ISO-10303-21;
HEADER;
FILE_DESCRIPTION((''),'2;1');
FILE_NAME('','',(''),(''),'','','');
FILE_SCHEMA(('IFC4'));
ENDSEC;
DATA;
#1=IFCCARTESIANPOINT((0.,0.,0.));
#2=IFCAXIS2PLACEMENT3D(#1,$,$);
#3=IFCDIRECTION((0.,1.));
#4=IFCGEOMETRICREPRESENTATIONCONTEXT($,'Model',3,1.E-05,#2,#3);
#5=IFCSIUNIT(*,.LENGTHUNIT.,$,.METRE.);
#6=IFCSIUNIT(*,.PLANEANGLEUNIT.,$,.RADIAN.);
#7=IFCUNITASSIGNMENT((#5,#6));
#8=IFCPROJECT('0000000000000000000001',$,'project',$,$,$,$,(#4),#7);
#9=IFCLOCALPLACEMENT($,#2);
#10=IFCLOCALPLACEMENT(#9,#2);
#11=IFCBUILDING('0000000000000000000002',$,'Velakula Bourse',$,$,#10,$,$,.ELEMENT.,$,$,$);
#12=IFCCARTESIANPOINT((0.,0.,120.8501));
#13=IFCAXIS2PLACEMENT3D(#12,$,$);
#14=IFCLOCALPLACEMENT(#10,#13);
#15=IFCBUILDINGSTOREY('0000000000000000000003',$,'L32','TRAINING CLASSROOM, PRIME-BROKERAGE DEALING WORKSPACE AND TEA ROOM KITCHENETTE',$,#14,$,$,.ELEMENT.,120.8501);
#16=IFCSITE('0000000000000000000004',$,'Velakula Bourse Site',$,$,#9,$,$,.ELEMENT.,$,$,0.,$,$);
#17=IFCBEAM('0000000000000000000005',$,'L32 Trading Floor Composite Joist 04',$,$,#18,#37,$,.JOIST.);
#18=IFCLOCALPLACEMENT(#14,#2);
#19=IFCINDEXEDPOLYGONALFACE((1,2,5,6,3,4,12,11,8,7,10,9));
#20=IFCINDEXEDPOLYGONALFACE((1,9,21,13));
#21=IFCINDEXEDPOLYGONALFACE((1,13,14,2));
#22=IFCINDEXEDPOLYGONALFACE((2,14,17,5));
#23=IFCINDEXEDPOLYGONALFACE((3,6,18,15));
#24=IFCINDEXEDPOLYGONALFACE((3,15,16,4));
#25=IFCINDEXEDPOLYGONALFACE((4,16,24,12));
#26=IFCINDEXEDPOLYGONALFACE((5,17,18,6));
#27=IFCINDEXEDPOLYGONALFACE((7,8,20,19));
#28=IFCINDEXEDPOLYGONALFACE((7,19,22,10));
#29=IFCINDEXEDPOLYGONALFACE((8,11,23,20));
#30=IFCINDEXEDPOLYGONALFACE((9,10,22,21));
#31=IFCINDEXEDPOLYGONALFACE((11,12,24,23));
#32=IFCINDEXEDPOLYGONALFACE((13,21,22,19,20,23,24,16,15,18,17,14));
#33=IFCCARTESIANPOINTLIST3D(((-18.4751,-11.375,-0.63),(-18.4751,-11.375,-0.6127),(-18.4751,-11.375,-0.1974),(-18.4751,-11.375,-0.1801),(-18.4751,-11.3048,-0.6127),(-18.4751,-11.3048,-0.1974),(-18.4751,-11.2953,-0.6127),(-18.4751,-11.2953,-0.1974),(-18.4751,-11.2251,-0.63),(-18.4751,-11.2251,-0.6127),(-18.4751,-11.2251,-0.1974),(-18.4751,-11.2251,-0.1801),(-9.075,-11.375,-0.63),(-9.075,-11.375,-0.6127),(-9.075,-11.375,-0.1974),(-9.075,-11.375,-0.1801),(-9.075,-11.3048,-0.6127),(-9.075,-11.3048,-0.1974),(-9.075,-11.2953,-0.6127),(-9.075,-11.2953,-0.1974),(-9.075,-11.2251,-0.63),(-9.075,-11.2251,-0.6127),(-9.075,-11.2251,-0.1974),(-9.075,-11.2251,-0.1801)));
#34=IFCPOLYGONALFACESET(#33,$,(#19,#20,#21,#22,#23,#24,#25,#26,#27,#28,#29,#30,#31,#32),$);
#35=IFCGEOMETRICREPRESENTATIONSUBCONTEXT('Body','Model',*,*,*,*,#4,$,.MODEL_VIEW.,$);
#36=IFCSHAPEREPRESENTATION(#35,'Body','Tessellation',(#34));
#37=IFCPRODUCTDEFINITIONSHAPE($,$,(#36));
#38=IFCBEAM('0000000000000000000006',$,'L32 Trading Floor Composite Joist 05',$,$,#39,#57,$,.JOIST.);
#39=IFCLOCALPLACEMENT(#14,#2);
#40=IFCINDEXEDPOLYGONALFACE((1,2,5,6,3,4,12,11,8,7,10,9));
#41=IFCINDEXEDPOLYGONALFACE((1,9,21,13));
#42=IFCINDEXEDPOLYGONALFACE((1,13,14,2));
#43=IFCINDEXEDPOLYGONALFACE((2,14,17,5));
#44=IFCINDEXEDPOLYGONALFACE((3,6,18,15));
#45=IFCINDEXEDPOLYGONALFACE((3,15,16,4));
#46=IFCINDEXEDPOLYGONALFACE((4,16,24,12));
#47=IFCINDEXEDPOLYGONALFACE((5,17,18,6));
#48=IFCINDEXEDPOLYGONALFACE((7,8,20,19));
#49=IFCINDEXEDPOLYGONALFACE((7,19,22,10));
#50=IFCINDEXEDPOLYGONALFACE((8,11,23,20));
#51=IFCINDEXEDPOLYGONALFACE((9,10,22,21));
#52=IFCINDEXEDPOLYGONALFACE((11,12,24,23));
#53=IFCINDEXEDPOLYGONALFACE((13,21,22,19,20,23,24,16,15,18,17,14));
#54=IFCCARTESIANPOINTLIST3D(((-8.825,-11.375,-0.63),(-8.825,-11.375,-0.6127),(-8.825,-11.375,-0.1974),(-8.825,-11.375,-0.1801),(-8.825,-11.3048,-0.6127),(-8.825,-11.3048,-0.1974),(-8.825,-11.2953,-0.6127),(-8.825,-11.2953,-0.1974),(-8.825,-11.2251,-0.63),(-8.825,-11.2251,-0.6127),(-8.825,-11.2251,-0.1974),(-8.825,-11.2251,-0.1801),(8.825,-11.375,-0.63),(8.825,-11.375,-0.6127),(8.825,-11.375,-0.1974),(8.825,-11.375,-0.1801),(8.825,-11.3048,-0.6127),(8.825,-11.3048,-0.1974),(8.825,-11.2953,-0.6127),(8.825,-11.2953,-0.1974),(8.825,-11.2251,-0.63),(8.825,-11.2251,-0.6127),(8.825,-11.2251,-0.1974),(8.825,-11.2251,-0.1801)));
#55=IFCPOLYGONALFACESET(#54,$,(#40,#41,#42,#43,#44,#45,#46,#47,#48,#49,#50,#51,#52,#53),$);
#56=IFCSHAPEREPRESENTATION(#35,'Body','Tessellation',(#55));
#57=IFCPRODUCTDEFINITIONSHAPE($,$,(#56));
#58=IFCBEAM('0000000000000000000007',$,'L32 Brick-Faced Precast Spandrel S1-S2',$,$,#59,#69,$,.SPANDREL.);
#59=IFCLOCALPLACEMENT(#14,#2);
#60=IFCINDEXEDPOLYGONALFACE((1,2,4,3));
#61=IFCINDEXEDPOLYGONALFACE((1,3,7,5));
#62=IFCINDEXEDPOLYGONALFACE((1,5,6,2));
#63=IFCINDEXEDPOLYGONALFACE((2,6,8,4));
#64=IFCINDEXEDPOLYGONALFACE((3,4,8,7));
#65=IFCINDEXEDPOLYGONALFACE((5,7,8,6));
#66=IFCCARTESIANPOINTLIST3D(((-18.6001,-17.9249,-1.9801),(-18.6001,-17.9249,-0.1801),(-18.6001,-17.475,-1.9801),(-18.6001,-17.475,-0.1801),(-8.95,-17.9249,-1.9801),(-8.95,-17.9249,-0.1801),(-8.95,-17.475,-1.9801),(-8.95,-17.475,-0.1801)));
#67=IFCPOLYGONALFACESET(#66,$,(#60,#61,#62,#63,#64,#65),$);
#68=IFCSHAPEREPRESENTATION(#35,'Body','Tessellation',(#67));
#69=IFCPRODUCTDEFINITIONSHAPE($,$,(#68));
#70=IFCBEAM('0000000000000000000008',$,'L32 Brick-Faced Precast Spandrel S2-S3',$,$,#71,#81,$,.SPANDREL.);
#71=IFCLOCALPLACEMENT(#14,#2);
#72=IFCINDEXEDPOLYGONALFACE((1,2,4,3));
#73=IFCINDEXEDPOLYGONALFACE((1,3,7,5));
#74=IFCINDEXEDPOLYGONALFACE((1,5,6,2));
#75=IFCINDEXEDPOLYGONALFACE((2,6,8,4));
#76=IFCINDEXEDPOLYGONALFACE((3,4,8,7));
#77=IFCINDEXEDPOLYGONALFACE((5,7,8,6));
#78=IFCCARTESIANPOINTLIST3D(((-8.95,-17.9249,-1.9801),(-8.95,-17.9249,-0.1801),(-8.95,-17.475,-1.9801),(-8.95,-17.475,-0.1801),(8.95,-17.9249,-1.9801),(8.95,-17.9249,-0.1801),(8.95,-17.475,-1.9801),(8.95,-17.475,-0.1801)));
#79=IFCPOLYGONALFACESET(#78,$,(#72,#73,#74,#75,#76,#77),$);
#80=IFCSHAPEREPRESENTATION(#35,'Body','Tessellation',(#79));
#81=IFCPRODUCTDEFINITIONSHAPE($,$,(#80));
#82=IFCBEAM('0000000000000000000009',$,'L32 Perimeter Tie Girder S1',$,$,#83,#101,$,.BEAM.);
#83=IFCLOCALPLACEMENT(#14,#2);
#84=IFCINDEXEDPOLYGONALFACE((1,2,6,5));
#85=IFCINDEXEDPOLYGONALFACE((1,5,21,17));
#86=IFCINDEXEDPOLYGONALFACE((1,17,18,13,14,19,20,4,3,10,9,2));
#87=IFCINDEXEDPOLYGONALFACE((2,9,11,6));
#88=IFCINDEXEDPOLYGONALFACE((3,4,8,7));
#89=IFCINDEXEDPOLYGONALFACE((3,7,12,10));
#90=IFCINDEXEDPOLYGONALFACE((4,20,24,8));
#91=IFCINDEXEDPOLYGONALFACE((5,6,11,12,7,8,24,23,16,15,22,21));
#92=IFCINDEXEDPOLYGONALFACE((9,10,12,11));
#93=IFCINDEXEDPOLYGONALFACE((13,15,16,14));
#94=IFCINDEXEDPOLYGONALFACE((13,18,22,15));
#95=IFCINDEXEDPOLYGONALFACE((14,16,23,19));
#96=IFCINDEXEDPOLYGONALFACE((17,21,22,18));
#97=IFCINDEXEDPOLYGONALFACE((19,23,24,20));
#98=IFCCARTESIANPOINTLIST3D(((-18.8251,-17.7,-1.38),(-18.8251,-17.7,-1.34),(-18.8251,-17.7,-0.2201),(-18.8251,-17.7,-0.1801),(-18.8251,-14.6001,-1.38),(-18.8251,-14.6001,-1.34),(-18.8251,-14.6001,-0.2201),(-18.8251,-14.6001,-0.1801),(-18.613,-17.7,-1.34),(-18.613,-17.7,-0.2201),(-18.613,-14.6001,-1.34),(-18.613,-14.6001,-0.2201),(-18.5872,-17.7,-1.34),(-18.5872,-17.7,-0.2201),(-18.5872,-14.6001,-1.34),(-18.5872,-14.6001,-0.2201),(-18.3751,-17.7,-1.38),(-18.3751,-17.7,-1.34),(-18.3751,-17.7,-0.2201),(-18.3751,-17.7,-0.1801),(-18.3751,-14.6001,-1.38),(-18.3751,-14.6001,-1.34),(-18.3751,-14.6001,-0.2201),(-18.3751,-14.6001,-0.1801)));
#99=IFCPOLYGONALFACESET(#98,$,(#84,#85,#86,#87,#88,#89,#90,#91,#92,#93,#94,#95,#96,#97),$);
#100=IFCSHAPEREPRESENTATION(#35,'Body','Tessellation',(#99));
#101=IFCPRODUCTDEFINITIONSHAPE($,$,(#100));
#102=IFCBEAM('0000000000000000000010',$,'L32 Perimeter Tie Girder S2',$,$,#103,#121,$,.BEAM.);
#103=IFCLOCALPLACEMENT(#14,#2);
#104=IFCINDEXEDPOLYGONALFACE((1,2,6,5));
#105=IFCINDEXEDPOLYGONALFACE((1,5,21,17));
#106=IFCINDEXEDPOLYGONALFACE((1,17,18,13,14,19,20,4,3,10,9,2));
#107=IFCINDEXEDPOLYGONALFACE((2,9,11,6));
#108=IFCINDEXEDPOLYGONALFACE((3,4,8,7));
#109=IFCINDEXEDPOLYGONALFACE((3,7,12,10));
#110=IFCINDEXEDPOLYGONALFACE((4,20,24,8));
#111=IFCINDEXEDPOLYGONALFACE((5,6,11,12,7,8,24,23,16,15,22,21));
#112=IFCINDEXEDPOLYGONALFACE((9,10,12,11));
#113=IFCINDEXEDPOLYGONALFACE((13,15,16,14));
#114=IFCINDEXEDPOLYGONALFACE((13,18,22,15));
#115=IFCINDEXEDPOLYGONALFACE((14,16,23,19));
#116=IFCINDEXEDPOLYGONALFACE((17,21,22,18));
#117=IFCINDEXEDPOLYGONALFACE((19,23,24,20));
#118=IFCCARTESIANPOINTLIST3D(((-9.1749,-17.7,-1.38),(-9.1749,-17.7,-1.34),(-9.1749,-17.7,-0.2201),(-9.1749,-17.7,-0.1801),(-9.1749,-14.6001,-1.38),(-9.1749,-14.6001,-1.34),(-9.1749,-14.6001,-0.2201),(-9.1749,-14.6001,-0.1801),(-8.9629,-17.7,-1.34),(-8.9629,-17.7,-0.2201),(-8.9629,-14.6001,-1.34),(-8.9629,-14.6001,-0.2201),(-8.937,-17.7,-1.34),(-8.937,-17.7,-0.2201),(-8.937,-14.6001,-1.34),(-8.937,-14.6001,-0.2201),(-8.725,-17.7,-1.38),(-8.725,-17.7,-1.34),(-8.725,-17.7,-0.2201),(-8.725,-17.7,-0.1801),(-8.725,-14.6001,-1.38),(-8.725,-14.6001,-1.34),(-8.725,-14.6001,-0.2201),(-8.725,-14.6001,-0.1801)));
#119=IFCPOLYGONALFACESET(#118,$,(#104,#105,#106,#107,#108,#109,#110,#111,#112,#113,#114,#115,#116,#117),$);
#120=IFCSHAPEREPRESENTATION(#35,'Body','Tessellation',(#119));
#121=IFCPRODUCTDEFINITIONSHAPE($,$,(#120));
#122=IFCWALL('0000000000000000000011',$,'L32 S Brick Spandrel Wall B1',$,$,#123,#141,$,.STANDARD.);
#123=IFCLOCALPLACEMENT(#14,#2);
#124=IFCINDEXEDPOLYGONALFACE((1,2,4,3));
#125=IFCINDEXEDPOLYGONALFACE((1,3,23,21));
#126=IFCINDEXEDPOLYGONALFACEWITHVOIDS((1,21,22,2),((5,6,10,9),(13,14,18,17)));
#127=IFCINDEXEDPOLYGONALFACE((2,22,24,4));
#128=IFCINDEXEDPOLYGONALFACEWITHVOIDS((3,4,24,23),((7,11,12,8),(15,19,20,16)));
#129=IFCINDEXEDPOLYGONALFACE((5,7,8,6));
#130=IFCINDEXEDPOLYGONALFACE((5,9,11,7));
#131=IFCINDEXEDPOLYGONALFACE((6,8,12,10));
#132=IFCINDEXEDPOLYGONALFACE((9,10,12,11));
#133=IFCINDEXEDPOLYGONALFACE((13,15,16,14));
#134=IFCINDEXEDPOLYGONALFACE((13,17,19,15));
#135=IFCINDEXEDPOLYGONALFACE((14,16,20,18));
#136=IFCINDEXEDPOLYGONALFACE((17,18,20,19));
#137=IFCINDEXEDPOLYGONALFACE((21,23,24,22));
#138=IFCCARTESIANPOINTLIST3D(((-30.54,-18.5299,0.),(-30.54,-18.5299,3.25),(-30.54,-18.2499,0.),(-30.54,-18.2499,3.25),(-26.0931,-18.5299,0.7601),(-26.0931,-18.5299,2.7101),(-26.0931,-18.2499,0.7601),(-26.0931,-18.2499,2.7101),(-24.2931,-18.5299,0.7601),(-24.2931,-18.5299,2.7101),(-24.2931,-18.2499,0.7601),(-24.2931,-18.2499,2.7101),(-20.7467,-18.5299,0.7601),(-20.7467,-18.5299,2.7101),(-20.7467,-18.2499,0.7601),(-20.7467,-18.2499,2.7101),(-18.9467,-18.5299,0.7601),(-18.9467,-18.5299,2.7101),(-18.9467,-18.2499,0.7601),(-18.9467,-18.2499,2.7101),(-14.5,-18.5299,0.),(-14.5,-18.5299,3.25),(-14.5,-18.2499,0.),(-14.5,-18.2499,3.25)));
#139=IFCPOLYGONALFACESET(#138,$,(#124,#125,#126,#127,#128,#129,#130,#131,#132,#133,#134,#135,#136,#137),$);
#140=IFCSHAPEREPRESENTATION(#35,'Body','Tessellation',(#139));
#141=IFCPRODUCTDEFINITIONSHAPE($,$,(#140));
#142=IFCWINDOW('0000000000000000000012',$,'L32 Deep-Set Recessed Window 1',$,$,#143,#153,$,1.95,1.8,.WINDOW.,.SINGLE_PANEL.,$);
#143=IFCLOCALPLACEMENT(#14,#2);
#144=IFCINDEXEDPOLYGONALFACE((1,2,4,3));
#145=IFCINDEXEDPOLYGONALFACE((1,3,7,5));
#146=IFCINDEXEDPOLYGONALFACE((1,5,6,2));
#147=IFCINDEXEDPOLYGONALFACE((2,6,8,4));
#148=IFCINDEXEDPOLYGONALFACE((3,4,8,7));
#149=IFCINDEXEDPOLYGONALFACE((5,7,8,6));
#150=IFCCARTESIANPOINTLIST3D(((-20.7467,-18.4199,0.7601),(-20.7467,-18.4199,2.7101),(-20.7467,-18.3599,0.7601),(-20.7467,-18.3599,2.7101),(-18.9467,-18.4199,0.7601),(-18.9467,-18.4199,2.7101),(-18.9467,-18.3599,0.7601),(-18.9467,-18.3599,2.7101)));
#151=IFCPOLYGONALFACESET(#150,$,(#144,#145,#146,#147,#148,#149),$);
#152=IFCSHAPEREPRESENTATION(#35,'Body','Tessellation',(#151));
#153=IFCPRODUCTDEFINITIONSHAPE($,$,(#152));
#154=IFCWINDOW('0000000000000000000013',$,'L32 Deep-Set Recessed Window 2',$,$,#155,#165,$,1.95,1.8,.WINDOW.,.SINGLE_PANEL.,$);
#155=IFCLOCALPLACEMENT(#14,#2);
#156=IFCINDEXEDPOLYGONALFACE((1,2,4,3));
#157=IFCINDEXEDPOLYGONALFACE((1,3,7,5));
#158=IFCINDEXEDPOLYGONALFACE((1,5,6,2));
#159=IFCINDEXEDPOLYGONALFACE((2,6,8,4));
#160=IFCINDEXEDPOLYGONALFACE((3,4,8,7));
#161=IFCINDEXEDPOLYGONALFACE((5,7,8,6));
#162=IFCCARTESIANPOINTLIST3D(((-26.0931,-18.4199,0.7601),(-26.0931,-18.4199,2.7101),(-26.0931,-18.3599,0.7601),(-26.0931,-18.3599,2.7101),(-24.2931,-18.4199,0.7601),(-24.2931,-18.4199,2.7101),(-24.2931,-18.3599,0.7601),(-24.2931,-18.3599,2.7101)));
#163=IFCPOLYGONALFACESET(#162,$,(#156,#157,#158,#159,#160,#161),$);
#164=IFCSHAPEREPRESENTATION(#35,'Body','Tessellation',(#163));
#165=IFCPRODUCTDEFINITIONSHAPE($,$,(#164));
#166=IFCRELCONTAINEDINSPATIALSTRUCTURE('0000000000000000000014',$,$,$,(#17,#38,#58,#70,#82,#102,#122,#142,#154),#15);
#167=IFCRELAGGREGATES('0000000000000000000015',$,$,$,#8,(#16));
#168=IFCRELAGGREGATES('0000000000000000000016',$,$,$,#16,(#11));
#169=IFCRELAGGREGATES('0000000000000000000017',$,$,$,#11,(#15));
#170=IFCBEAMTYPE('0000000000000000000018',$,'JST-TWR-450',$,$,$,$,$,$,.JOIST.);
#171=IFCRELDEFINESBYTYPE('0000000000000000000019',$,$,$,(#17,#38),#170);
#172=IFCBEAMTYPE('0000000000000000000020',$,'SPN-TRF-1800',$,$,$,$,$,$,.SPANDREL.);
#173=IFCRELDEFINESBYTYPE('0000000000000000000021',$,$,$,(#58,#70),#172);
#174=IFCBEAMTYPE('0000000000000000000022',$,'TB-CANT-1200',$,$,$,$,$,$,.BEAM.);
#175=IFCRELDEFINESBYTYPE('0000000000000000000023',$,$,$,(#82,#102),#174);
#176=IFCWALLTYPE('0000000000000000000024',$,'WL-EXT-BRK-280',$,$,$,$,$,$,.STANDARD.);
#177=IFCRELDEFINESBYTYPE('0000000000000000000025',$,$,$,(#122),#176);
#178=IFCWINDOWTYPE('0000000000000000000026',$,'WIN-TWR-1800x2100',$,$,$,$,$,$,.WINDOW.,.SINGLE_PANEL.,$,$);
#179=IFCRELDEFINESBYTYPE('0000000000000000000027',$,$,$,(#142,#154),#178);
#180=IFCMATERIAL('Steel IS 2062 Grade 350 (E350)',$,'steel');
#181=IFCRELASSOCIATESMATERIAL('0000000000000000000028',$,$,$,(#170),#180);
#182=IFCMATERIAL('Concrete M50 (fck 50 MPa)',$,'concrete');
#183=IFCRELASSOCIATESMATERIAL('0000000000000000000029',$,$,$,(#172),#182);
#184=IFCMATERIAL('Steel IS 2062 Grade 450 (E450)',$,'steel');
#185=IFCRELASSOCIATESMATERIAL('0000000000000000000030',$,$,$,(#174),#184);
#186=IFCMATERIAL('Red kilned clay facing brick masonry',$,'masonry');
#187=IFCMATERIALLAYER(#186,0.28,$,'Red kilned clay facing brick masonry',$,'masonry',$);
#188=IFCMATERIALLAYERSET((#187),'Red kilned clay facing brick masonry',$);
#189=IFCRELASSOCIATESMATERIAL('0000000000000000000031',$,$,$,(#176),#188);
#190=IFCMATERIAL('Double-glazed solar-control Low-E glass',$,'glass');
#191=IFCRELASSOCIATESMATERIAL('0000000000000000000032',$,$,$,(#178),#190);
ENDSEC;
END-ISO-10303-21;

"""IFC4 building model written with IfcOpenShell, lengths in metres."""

from ifc_helpers import new_model, si_unit, direction, frame, frame_2d, origin, origin_2d, place, context, subcontext, project, spatial, rectangle, i_section, extrude, material, layer, layer_set, material_profile, profile_set, type_object, element, fill, save


model = new_model("IFC4")

# Units and contexts
model_context = context("Model", 3, precision=1e-05, world=origin(), true_north=direction((0.0, 1.0)))
body_context = subcontext(model_context, "Body", "Model", "MODEL_VIEW")
ifc_project = project(units=[si_unit("LENGTHUNIT", "METRE"), si_unit("PLANEANGLEUNIT", "RADIAN")], contexts=[model_context])

# Site, building, storey
site_placement = place(None, origin())
site = spatial("IfcSite", under=ifc_project, at=site_placement, Name="Velakula Bourse Site", CompositionType="ELEMENT", RefElevation=0.0)
building_placement = place(site_placement, origin())
building = spatial("IfcBuilding", under=site, at=building_placement, Name="Velakula Bourse", CompositionType="ELEMENT")
storey_placement = place(building_placement, frame((0.0, 0.0, 120.8501)))
storey = spatial("IfcBuildingStorey", under=building, at=storey_placement, Name="L32", Description="TRAINING CLASSROOM, PRIME-BROKERAGE DEALING WORKSPACE AND TEA ROOM KITCHENETTE", CompositionType="ELEMENT", Elevation=120.8501)

# Shared definitions
ifc_material_1 = material(Name="Steel IS 2062 Grade 350 (E350)", Category="steel")

# Beams
ifc_material_profile_1 = material_profile(ifc_material_1, i_section(OverallWidth=0.1499, OverallDepth=0.45, WebThickness=0.0095, FlangeThickness=0.0173, at=origin_2d()), Name="Steel IS 2062 Grade 350 (E350)")
ifc_profile_set_1 = profile_set([ifc_material_profile_1], Name="Steel IS 2062 Grade 350 (E350)")
beam_type_1 = type_object("IfcBeamType", Name="JST-TWR-450", PredefinedType="JOIST", material=ifc_profile_set_1)
beam_1_placement = place(storey_placement, frame((-18.4751, -11.3, -0.405), z_axis=(1.0, 0.0, 0.0), x_axis=(0.0, 1.0, 0.0)))
element("IfcBeam", 1, at=beam_1_placement, inside=storey, type_object=beam_type_1, Name="L32 Trading Floor Composite Joist 04", PredefinedType="JOIST", context=body_context, shape_type="SweptSolid", body=[
    extrude(i_section(OverallWidth=0.1499, OverallDepth=0.45, WebThickness=0.0095, FlangeThickness=0.0173, at=origin_2d()), origin(), (0.0, 0.0, 1.0), 9.4001),
])
beam_2_placement = place(storey_placement, frame((-8.825, -11.3, -0.405), z_axis=(1.0, 0.0, 0.0), x_axis=(0.0, 1.0, 0.0)))
element("IfcBeam", 2, at=beam_2_placement, inside=storey, type_object=beam_type_1, Name="L32 Trading Floor Composite Joist 05", PredefinedType="JOIST", context=body_context, shape_type="SweptSolid", body=[
    extrude(i_section(OverallWidth=0.1499, OverallDepth=0.45, WebThickness=0.0095, FlangeThickness=0.0173, at=origin_2d()), origin(), (0.0, 0.0, 1.0), 17.6499),
])
ifc_material_2 = material(Name="Concrete M50 (fck 50 MPa)", Category="concrete")
ifc_material_profile_2 = material_profile(ifc_material_2, rectangle(XDim=0.45, YDim=1.8, at=origin_2d()), Name="Concrete M50 (fck 50 MPa)")
ifc_profile_set_2 = profile_set([ifc_material_profile_2], Name="Concrete M50 (fck 50 MPa)")
beam_type_2 = type_object("IfcBeamType", Name="SPN-TRF-1800", PredefinedType="SPANDREL", material=ifc_profile_set_2)
beam_3_placement = place(storey_placement, frame((-18.6001, -17.7, -1.0801), z_axis=(1.0, 0.0, 0.0), x_axis=(0.0, 1.0, 0.0)))
element("IfcBeam", 3, at=beam_3_placement, inside=storey, type_object=beam_type_2, Name="L32 Brick-Faced Precast Spandrel S1-S2", PredefinedType="SPANDREL", context=body_context, shape_type="SweptSolid", body=[
    extrude(rectangle(XDim=0.45, YDim=1.8, at=origin_2d()), origin(), (0.0, 0.0, 1.0), 9.6501),
])
beam_4_placement = place(storey_placement, frame((-8.95, -17.7, -1.0801), z_axis=(1.0, 0.0, 0.0), x_axis=(0.0, 1.0, 0.0)))
element("IfcBeam", 4, at=beam_4_placement, inside=storey, type_object=beam_type_2, Name="L32 Brick-Faced Precast Spandrel S2-S3", PredefinedType="SPANDREL", context=body_context, shape_type="SweptSolid", body=[
    extrude(rectangle(XDim=0.45, YDim=1.8, at=origin_2d()), origin(), (0.0, 0.0, 1.0), 17.8999),
])
ifc_material_3 = material(Name="Steel IS 2062 Grade 450 (E450)", Category="steel")
ifc_material_profile_3 = material_profile(ifc_material_3, i_section(OverallWidth=0.45, OverallDepth=1.2, WebThickness=0.0259, FlangeThickness=0.04, at=origin_2d()), Name="Steel IS 2062 Grade 450 (E450)")
ifc_profile_set_3 = profile_set([ifc_material_profile_3], Name="Steel IS 2062 Grade 450 (E450)")
beam_type_3 = type_object("IfcBeamType", Name="TB-CANT-1200", PredefinedType="BEAM", material=ifc_profile_set_3)
for number, where, z_axis, x_axis, name in (
    (5, (-18.6001, -14.6001, -0.78), (0.0, -1.0, 0.0), (1.0, 0.0, 0.0), "L32 Perimeter Tie Girder S1"),
    (6, (-8.95, -14.6001, -0.78), (0.0, -1.0, 0.0), (1.0, 0.0, 0.0), "L32 Perimeter Tie Girder S2"),
):
    element("IfcBeam", number, at=place(storey_placement, frame(where, z_axis=z_axis, x_axis=x_axis)), inside=storey, type_object=beam_type_3, Name=name, PredefinedType="BEAM", context=body_context, shape_type="SweptSolid", body=[
        extrude(i_section(OverallWidth=0.45, OverallDepth=1.2, WebThickness=0.0259, FlangeThickness=0.04, at=origin_2d()), origin(), (0.0, 0.0, 1.0), 3.0999),
    ])

# Wall, openings, windows
ifc_material_4 = material(Name="Red kilned clay facing brick masonry", Category="masonry")
ifc_layer_1 = layer(ifc_material_4, 0.28, Name="Red kilned clay facing brick masonry", Category="masonry")
ifc_layer_set_1 = layer_set([ifc_layer_1], Name="Red kilned clay facing brick masonry")
wall_type_1 = type_object("IfcWallType", Name="WL-EXT-BRK-280", PredefinedType="STANDARD", material=ifc_layer_set_1)
wall_1_placement = place(storey_placement, frame((-14.5, -18.3899, 0.0), z_axis=(0.0, 0.0, 1.0), x_axis=(-1.0, 0.0, 0.0)))
wall_1 = element("IfcWall", 7, at=wall_1_placement, inside=storey, type_object=wall_type_1, Name="L32 S Brick Spandrel Wall B1", PredefinedType="STANDARD", context=body_context, shape_type="SweptSolid", body=[
    extrude(rectangle(XDim=16.04, YDim=0.28, at=frame_2d((8.02, 0.0))), origin(), (0.0, 0.0, 1.0), 3.25),
])
opening_1_placement = place(wall_1_placement, frame((4.4468, 0.0, 0.76)))
opening_1 = element("IfcOpeningElement", 8, at=opening_1_placement, cuts=wall_1, PredefinedType="OPENING", context=body_context, shape_type="SweptSolid", body=[
    extrude(rectangle(XDim=1.8, YDim=1.95, at=frame_2d((0.8999, 0.9751))), frame((0.0, 0.1499, 0.0), z_axis=(0.0, -1.0, 0.0), x_axis=(1.0, 0.0, 0.0)), (0.0, 0.0, 1.0), 0.3),
])
opening_2_placement = place(wall_1_placement, frame((9.7932, 0.0, 0.76)))
opening_2 = element("IfcOpeningElement", 9, at=opening_2_placement, cuts=wall_1, PredefinedType="OPENING", context=body_context, shape_type="SweptSolid", body=[
    extrude(rectangle(XDim=1.8, YDim=1.95, at=frame_2d((0.8999, 0.9751))), frame((0.0, 0.1499, 0.0), z_axis=(0.0, -1.0, 0.0), x_axis=(1.0, 0.0, 0.0)), (0.0, 0.0, 1.0), 0.3),
])
ifc_material_5 = material(Name="Double-glazed solar-control Low-E glass", Category="glass")
window_type = type_object("IfcWindowType", Name="WIN-TWR-1800x2100", PartitioningType="SINGLE_PANEL", PredefinedType="WINDOW", material=ifc_material_5)
window_1_placement = place(opening_1_placement, origin())
window_1 = element("IfcWindow", 10, at=window_1_placement, inside=storey, type_object=window_type, Name="L32 Deep-Set Recessed Window 1", OverallHeight=1.95, OverallWidth=1.8, PartitioningType="SINGLE_PANEL", PredefinedType="WINDOW", context=body_context, shape_type="SweptSolid", body=[
    extrude(rectangle(XDim=1.8, YDim=1.95, at=frame_2d((0.8999, 0.9751))), frame((0.0, 0.03, 0.0), z_axis=(0.0, -1.0, 0.0), x_axis=(1.0, 0.0, 0.0)), (0.0, 0.0, 1.0), 0.0601),
])
fill(opening_1, window_1)
window_2_placement = place(opening_2_placement, origin())
window_2 = element("IfcWindow", 11, at=window_2_placement, inside=storey, type_object=window_type, Name="L32 Deep-Set Recessed Window 2", OverallHeight=1.95, OverallWidth=1.8, PartitioningType="SINGLE_PANEL", PredefinedType="WINDOW", context=body_context, shape_type="SweptSolid", body=[
    extrude(rectangle(XDim=1.8, YDim=1.95, at=frame_2d((0.8999, 0.9751))), frame((0.0, 0.03, 0.0), z_axis=(0.0, -1.0, 0.0), x_axis=(1.0, 0.0, 0.0)), (0.0, 0.0, 1.0), 0.0601),
])
fill(opening_2, window_2)

save(model, "model.ifc")
